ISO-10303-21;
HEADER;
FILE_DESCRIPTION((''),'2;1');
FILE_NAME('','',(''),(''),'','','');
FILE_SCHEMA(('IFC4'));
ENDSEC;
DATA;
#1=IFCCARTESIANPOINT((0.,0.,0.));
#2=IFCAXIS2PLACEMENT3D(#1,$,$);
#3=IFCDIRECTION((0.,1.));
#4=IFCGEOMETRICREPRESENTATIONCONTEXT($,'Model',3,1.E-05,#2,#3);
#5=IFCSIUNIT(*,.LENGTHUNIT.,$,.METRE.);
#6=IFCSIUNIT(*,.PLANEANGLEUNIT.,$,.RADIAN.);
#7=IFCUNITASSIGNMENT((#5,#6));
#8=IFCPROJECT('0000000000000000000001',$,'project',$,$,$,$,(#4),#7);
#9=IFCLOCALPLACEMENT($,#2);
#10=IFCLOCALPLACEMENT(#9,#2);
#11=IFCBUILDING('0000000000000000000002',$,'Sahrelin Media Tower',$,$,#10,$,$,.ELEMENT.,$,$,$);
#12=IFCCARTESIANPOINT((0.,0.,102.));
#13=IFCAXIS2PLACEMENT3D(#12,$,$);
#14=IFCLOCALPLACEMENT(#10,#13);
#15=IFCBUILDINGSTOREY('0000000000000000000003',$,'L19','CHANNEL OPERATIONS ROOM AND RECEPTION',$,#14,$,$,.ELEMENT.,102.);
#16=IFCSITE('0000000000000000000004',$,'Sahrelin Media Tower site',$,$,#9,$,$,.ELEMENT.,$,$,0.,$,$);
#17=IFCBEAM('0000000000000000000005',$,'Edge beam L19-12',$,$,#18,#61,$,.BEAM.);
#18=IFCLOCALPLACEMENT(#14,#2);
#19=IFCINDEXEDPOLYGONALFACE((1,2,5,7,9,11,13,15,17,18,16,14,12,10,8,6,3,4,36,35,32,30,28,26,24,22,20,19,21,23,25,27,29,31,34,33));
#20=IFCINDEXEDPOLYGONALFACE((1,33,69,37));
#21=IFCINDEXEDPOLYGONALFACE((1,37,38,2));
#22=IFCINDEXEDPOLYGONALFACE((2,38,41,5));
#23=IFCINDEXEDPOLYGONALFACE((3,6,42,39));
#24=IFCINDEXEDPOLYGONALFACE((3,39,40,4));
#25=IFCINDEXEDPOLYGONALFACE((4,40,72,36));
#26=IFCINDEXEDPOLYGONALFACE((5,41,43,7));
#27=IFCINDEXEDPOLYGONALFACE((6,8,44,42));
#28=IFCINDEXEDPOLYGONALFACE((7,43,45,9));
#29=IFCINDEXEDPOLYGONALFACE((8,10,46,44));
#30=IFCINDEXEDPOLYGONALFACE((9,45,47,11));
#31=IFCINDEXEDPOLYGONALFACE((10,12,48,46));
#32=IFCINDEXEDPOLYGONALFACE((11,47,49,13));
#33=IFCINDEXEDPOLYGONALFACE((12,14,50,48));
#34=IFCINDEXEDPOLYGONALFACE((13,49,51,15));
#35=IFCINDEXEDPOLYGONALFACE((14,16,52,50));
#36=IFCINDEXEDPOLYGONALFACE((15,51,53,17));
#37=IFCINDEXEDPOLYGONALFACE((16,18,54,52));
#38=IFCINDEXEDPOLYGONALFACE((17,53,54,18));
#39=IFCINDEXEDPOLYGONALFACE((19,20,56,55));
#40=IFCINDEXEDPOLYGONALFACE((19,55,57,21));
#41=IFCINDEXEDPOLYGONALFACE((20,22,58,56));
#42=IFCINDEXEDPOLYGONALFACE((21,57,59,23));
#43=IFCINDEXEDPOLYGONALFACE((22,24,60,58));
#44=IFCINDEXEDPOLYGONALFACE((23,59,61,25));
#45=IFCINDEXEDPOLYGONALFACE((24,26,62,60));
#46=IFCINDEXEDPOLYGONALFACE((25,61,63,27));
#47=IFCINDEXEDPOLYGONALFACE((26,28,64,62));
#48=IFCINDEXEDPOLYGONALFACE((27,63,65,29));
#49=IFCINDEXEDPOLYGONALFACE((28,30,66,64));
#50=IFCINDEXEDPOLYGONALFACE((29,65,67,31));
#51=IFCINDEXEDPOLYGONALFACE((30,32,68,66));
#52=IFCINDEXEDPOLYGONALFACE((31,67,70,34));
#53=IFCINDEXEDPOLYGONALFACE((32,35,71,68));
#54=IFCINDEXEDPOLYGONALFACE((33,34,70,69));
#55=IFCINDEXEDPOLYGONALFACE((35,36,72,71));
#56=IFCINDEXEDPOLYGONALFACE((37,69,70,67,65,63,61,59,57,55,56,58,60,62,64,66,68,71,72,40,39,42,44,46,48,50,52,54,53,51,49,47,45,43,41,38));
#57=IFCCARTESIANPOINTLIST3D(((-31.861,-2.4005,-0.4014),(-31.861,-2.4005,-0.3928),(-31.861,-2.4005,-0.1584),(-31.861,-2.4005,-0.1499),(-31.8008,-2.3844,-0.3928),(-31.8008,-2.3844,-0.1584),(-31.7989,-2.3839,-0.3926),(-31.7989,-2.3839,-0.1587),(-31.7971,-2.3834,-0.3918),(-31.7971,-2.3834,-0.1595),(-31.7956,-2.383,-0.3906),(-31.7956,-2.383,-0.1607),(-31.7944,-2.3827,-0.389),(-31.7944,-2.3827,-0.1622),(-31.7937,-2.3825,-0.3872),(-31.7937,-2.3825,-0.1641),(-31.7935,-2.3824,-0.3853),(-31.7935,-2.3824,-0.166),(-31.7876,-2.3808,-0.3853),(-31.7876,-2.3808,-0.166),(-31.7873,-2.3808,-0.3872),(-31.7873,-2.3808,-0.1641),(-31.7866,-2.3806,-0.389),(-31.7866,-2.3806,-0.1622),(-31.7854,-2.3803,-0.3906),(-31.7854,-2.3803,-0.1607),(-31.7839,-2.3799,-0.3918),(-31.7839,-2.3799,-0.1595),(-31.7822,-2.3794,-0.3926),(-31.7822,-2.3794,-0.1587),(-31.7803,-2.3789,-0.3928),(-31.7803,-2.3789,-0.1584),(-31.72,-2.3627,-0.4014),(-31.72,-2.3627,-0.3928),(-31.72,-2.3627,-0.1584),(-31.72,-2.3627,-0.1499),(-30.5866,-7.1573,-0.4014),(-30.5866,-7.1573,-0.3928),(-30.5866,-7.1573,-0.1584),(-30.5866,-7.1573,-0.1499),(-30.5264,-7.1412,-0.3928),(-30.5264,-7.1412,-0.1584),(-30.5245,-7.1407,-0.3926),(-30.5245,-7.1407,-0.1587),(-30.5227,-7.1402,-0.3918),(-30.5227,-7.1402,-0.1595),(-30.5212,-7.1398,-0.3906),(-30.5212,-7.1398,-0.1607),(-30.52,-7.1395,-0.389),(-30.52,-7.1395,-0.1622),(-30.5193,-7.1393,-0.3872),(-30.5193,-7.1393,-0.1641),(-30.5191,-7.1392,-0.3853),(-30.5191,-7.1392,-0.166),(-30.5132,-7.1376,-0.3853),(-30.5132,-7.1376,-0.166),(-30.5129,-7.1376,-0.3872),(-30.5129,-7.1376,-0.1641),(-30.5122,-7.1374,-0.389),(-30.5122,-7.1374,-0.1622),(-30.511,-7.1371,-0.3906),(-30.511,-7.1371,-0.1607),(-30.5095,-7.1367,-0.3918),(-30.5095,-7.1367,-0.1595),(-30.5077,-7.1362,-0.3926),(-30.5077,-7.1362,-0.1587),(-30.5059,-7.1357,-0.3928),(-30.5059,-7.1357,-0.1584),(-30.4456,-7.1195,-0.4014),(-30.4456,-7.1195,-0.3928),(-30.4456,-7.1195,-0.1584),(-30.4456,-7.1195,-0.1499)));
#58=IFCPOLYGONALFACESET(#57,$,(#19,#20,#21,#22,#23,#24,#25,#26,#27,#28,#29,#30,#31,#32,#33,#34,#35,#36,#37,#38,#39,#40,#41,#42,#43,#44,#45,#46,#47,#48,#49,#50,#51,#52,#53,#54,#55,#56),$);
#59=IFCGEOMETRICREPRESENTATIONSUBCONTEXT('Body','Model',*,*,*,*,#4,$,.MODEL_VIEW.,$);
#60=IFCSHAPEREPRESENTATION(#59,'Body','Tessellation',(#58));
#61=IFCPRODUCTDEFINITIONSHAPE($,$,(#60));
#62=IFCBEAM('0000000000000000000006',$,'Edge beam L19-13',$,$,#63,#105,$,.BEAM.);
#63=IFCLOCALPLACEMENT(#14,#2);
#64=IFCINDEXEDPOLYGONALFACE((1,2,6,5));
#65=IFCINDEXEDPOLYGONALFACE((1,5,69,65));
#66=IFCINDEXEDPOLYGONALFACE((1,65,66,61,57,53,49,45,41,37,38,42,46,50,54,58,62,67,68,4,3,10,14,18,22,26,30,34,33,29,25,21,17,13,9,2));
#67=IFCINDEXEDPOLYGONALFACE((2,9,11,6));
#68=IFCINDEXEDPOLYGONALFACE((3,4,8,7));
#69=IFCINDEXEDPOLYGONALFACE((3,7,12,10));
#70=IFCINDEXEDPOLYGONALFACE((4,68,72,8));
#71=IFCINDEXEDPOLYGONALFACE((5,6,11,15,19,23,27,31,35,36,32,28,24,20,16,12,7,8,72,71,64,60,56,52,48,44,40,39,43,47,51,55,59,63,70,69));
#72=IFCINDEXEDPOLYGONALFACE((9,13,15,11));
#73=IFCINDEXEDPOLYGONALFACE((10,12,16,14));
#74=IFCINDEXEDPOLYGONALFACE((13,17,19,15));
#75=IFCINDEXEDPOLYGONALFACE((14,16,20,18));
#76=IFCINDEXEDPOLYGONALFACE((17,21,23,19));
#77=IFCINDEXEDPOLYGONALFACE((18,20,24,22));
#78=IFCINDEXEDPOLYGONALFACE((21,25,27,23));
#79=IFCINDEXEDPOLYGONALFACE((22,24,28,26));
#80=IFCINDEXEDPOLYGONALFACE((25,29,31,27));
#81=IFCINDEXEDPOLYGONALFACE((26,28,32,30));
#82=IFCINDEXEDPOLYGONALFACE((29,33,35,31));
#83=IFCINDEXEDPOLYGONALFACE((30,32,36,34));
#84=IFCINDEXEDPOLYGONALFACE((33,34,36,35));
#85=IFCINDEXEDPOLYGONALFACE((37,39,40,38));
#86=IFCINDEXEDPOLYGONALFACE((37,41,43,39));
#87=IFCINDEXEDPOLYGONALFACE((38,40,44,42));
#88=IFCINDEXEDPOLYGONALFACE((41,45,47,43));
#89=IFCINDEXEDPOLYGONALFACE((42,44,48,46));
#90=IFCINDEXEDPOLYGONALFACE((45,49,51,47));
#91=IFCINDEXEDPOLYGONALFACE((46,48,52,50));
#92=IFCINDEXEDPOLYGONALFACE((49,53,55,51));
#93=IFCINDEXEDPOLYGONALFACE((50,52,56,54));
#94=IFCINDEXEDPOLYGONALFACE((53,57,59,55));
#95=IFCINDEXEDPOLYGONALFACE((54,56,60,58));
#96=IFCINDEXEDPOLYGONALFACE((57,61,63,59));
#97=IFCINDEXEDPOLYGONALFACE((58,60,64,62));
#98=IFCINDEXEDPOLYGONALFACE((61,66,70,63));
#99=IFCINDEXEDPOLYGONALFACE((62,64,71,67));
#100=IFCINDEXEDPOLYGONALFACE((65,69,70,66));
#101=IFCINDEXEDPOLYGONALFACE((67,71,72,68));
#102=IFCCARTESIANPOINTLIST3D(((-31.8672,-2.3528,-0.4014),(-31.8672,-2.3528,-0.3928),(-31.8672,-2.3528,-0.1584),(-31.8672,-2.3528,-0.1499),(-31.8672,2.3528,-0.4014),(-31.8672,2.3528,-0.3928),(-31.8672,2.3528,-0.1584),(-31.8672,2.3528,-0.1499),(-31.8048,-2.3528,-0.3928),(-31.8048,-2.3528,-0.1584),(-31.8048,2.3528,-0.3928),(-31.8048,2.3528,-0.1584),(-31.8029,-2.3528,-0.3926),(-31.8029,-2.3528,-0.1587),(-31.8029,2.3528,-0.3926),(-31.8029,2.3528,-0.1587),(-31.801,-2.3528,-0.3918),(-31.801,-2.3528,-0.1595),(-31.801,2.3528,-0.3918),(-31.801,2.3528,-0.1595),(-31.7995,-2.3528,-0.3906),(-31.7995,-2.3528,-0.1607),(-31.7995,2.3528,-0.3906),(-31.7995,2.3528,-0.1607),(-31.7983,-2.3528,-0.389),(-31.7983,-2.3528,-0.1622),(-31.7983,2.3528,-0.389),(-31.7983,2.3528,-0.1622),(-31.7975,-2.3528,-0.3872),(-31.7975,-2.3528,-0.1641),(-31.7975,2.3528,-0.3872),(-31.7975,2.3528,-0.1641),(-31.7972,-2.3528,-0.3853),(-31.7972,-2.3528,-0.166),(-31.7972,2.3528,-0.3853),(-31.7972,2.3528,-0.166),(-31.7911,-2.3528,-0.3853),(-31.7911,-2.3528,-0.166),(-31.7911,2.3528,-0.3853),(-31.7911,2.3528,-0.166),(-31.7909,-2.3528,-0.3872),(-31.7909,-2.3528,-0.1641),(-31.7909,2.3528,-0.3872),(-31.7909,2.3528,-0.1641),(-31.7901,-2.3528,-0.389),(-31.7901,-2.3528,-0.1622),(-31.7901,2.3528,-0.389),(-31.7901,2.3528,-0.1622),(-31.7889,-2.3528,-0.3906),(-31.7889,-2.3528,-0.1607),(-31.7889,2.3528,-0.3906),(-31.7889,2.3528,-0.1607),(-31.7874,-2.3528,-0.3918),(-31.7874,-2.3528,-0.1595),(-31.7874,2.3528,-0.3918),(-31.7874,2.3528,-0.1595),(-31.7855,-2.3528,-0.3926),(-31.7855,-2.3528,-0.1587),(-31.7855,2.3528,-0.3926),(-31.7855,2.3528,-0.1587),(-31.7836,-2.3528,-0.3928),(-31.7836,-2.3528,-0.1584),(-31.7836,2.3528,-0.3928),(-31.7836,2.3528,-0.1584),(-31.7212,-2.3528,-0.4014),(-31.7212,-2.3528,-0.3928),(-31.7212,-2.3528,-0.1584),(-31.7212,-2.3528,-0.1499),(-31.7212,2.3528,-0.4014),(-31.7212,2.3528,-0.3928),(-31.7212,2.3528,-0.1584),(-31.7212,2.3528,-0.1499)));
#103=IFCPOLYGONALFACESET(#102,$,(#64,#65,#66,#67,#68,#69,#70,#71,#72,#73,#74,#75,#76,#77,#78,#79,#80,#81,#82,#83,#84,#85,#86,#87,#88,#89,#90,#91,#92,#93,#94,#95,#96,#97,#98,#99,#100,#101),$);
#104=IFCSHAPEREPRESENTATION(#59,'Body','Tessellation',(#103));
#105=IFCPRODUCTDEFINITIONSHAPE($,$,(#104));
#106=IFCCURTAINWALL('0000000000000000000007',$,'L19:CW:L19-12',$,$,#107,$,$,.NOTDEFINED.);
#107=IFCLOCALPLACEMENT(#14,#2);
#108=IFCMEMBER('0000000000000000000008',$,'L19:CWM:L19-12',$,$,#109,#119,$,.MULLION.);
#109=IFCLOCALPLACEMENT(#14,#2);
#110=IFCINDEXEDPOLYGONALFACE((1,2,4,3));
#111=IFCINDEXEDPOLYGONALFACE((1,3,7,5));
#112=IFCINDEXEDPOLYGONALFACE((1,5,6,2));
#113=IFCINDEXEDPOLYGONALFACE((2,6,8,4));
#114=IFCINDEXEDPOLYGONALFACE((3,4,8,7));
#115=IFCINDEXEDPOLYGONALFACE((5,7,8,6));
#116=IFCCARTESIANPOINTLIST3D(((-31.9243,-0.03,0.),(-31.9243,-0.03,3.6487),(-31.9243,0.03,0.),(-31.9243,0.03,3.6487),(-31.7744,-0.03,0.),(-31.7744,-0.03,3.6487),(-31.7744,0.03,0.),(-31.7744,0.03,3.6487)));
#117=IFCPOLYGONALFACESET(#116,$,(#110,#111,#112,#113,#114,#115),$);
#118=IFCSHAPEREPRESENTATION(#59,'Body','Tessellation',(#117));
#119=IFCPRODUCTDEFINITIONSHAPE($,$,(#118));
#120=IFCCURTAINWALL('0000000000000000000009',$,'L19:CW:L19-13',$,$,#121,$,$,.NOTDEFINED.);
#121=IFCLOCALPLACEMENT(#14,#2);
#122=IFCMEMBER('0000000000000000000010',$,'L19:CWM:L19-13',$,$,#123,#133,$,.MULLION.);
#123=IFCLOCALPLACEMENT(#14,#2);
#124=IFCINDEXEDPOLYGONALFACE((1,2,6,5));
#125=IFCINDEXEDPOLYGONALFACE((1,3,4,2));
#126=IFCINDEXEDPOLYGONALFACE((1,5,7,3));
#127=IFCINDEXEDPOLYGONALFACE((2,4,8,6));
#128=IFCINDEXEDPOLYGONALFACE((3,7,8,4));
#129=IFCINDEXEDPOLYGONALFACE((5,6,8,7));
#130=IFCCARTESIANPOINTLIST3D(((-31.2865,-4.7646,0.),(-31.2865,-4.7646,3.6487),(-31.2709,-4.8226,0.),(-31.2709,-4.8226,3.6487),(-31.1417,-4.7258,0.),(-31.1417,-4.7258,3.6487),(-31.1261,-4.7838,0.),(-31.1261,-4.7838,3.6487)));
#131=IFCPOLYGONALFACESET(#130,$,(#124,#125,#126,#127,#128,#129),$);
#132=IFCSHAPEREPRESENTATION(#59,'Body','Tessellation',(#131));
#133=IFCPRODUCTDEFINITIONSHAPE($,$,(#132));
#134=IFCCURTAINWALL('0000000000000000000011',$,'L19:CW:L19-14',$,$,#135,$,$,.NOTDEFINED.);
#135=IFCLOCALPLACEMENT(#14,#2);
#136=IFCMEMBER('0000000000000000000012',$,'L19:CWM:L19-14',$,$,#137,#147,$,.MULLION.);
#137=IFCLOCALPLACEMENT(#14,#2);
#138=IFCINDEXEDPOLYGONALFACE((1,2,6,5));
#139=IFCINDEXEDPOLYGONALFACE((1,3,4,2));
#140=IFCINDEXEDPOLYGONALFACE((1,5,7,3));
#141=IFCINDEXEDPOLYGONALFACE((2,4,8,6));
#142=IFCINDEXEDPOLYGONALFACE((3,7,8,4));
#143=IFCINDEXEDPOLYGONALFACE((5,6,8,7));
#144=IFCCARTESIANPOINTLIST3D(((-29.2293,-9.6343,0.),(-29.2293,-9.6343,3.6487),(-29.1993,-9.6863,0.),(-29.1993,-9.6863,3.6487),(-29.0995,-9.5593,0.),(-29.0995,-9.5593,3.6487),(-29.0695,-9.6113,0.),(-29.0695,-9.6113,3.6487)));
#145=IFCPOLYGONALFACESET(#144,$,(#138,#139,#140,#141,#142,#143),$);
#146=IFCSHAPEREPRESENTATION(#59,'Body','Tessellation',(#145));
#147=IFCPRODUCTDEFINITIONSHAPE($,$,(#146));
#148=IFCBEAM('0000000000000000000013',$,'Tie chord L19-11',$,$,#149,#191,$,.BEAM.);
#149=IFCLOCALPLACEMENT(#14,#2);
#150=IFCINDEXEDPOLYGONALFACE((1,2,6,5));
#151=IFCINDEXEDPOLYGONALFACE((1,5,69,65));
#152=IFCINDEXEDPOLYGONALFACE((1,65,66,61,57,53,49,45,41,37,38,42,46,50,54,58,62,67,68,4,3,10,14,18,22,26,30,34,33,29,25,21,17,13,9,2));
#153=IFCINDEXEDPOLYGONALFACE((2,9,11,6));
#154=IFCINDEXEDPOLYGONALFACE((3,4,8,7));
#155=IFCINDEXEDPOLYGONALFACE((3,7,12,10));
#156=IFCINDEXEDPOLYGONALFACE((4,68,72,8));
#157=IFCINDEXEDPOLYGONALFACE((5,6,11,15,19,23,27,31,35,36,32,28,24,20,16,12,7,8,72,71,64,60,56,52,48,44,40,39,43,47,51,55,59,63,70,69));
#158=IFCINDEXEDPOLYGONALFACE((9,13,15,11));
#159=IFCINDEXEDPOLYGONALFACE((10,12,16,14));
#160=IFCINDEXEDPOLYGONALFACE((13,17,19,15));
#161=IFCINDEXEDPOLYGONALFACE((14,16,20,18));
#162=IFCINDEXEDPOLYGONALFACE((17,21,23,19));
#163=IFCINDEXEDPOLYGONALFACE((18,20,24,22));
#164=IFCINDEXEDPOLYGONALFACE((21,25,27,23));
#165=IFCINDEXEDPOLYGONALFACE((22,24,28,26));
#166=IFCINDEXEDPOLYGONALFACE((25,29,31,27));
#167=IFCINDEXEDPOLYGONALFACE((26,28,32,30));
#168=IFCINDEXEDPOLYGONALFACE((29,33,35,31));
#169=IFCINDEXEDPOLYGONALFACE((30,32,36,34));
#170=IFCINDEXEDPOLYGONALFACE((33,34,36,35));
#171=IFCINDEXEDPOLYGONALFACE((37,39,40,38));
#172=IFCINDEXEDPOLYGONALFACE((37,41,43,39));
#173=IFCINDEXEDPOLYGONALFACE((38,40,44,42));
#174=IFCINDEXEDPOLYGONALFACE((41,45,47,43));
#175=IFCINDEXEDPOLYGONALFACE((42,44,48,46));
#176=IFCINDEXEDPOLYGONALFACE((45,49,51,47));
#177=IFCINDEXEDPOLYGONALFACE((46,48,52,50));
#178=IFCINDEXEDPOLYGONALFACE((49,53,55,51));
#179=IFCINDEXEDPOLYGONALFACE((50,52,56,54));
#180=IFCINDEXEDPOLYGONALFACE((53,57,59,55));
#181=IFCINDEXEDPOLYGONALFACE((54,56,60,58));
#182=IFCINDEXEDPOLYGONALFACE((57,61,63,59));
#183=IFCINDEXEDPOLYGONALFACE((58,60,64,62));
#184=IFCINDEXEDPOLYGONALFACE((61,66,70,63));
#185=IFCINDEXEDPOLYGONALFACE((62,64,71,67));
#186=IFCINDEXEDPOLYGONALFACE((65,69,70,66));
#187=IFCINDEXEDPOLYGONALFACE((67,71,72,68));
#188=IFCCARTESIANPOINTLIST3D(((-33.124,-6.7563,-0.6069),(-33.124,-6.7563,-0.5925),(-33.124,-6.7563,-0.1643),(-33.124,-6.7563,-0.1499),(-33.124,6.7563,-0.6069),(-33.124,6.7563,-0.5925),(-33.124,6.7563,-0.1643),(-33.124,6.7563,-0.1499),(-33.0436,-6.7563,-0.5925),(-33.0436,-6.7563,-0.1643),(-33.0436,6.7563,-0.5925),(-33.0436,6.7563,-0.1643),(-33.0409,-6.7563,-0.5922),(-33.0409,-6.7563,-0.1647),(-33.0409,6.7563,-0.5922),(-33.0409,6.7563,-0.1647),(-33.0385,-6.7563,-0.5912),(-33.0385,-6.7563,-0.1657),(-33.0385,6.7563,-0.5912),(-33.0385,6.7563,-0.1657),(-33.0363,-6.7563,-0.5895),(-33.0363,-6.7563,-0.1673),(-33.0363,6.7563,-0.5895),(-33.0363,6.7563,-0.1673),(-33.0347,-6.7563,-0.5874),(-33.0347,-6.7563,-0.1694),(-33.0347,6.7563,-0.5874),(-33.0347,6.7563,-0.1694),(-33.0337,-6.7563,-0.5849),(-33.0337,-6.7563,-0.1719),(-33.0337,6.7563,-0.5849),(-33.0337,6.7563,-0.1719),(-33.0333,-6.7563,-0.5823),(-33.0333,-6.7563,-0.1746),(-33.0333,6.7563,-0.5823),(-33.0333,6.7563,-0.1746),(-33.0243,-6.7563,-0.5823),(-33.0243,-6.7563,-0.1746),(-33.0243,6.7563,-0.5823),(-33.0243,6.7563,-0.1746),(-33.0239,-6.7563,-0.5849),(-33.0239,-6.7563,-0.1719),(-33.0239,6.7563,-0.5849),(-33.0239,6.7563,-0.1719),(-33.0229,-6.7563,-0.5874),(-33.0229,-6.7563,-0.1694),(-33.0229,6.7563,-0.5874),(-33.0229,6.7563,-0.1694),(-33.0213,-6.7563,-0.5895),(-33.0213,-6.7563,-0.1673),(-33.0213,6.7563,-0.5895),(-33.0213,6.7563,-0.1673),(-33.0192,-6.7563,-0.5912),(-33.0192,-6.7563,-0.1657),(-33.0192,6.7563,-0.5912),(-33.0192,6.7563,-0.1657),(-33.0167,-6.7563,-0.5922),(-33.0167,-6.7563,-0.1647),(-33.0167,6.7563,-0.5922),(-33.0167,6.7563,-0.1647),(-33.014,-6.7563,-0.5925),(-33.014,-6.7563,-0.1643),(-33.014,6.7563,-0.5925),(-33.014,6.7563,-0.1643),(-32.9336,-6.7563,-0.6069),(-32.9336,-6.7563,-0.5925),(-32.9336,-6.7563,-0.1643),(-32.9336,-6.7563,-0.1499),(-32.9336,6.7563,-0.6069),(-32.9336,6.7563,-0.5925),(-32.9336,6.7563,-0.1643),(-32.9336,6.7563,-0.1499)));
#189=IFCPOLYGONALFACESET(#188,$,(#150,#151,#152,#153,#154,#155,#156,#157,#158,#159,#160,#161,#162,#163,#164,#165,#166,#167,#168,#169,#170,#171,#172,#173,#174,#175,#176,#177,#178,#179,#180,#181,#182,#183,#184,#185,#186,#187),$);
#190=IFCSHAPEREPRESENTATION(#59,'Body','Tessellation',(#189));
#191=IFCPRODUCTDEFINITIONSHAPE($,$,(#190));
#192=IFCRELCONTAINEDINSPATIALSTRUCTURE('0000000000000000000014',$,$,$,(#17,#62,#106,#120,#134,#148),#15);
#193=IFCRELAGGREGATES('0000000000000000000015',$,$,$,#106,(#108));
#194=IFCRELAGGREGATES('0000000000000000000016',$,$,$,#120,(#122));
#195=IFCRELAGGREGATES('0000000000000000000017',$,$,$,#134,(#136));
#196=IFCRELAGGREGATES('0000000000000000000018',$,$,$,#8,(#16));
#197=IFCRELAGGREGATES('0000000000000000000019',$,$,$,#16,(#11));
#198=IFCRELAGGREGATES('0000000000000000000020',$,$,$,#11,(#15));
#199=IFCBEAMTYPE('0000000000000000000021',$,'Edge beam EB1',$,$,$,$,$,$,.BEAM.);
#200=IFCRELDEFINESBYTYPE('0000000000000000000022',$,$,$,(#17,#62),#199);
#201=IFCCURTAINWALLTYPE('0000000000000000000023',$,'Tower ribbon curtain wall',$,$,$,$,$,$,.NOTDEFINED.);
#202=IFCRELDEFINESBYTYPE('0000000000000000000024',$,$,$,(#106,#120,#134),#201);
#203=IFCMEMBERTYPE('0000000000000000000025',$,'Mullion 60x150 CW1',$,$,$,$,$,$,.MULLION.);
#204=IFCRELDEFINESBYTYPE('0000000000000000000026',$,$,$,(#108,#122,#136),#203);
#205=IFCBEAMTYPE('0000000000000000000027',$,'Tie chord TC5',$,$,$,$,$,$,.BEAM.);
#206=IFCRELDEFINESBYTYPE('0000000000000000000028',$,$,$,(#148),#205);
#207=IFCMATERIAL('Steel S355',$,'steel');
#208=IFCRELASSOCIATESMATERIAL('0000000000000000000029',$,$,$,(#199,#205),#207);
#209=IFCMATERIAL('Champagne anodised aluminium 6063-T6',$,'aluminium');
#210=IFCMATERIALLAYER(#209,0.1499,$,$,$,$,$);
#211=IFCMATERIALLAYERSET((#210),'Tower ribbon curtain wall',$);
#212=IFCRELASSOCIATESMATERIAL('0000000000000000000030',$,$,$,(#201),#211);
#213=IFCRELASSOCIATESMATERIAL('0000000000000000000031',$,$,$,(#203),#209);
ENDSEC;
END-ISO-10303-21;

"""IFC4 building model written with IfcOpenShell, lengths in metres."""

from ifc_helpers import new_model, si_unit, direction, frame, origin, origin_2d, place, context, subcontext, project, spatial, rectangle, i_section, extrude, material, layer, layer_set, material_profile, profile_set, type_object, element, aggregate, save


model = new_model("IFC4")

# Units and contexts
model_context = context("Model", 3, precision=1e-05, world=origin(), true_north=direction((0.0, 1.0)))
body_context = subcontext(model_context, "Body", "Model", "MODEL_VIEW")
ifc_project = project(units=[si_unit("LENGTHUNIT", "METRE"), si_unit("PLANEANGLEUNIT", "RADIAN")], contexts=[model_context])

# Site, building, storey
site_placement = place(None, origin())
site = spatial("IfcSite", under=ifc_project, at=site_placement, Name="Sahrelin Media Tower site", CompositionType="ELEMENT", RefElevation=0.0)
building_placement = place(site_placement, origin())
building = spatial("IfcBuilding", under=site, at=building_placement, Name="Sahrelin Media Tower", CompositionType="ELEMENT")
storey_placement = place(building_placement, frame((0.0, 0.0, 102.0)))
storey = spatial("IfcBuildingStorey", under=building, at=storey_placement, Name="L19", Description="CHANNEL OPERATIONS ROOM AND RECEPTION", CompositionType="ELEMENT", Elevation=102.0)

# Beams
ifc_material_1 = material(Name="Steel S355", Category="steel")
ifc_material_profile_1 = material_profile(ifc_material_1, i_section(OverallWidth=0.146, OverallDepth=0.2515, WebThickness=0.0061, FlangeThickness=0.0085, FilletRadius=0.0076, at=origin_2d()), Name="UB 254x146x31")
ifc_profile_set_1 = profile_set([ifc_material_profile_1], Name="Steel S355")
beam_type_1 = type_object("IfcBeamType", Name="Edge beam EB1", PredefinedType="BEAM", material=ifc_profile_set_1)
beam_1_placement = place(storey_placement, frame((-30.5161, -7.1384, -0.2756), z_axis=(-0.258786, 0.965935, 0.0), x_axis=(-0.965935, -0.258786, 0.0)))
element("IfcBeam", 1, at=beam_1_placement, inside=storey, type_object=beam_type_1, Name="Edge beam L19-12", PredefinedType="BEAM", context=body_context, shape_type="SweptSolid", body=[
    extrude(i_section(OverallWidth=0.146, OverallDepth=0.2515, WebThickness=0.0061, FlangeThickness=0.0085, FilletRadius=0.0076, at=origin_2d()), origin(), (0.0, 0.0, 1.0), 4.9246),
])
beam_2_placement = place(storey_placement, frame((-31.7942, -2.3528, -0.2756), z_axis=(0.0, 1.0, 0.0), x_axis=(-1.0, 0.0, 0.0)))
element("IfcBeam", 2, at=beam_2_placement, inside=storey, type_object=beam_type_1, Name="Edge beam L19-13", PredefinedType="BEAM", context=body_context, shape_type="SweptSolid", body=[
    extrude(i_section(OverallWidth=0.146, OverallDepth=0.2515, WebThickness=0.0061, FlangeThickness=0.0085, FilletRadius=0.0076, at=origin_2d()), origin(), (0.0, 0.0, 1.0), 4.7056),
])

# Curtain walls, members
ifc_material_2 = material(Name="Champagne anodised aluminium 6063-T6", Category="aluminium")
ifc_layer_1 = layer(ifc_material_2, 0.1499)
ifc_layer_set_1 = layer_set([ifc_layer_1], Name="Tower ribbon curtain wall")
curtain_wall_type = type_object("IfcCurtainWallType", Name="Tower ribbon curtain wall", PredefinedType="NOTDEFINED", material=ifc_layer_set_1)
curtain_wall_1_placement = place(storey_placement, frame((-31.9443, 0.0, 0.0), z_axis=(0.0, 0.0, 1.0), x_axis=(1.0, 0.0, 0.0)))
curtain_wall_1 = element("IfcCurtainWall", 3, at=curtain_wall_1_placement, inside=storey, type_object=curtain_wall_type, Name="L19:CW:L19-12", PredefinedType="NOTDEFINED")
ifc_material_profile_2 = material_profile(ifc_material_2, rectangle(XDim=0.0601, YDim=0.1499, at=origin_2d()), Name="Mullion 60x150")
ifc_profile_set_2 = profile_set([ifc_material_profile_2], Name="Champagne anodised aluminium 6063-T6")
member_type_1 = type_object("IfcMemberType", Name="Mullion 60x150 CW1", PredefinedType="MULLION", material=ifc_profile_set_2)
member_1_placement = place(storey_placement, frame((-31.8494, 0.0, 0.0), z_axis=(0.0, 0.0, 1.0), x_axis=(0.0, -1.0, 0.0)))
member_1 = element("IfcMember", 4, at=member_1_placement, type_object=member_type_1, Name="L19:CWM:L19-12", PredefinedType="MULLION", context=body_context, shape_type="SweptSolid", body=[
    extrude(rectangle(XDim=0.0601, YDim=0.1499, at=origin_2d()), origin(), (0.0, 0.0, 1.0), 3.6487),
])
aggregate(curtain_wall_1, [member_1])
curtain_wall_2_placement = place(storey_placement, frame((-31.2981, -4.7988, 0.0), z_axis=(0.0, 0.0, 1.0), x_axis=(1.0, 0.0, 0.0)))
curtain_wall_2 = element("IfcCurtainWall", 5, at=curtain_wall_2_placement, inside=storey, type_object=curtain_wall_type, Name="L19:CW:L19-13", PredefinedType="NOTDEFINED")
member_2_placement = place(storey_placement, frame((-31.2063, -4.7742, 0.0), z_axis=(0.0, 0.0, 1.0), x_axis=(0.258811, -0.965928, 0.0)))
member_2 = element("IfcMember", 6, at=member_2_placement, type_object=member_type_1, Name="L19:CWM:L19-13", PredefinedType="MULLION", context=body_context, shape_type="SweptSolid", body=[
    extrude(rectangle(XDim=0.0601, YDim=0.1499, at=origin_2d()), origin(), (0.0, 0.0, 1.0), 3.6487),
])
curtain_wall_3_placement = place(storey_placement, frame((-29.2317, -9.6704, 0.0), z_axis=(0.0, 0.0, 1.0), x_axis=(1.0, 0.0, 0.0)))
curtain_wall_3 = element("IfcCurtainWall", 7, at=curtain_wall_3_placement, inside=storey, type_object=curtain_wall_type, Name="L19:CW:L19-14", PredefinedType="NOTDEFINED")
member_3_placement = place(storey_placement, frame((-29.1494, -9.6228, 0.0), z_axis=(0.0, 0.0, 1.0), x_axis=(0.500005, -0.866023, 0.0)))
member_3 = element("IfcMember", 8, at=member_3_placement, type_object=member_type_1, Name="L19:CWM:L19-14", PredefinedType="MULLION", context=body_context, shape_type="SweptSolid", body=[
    extrude(rectangle(XDim=0.0601, YDim=0.1499, at=origin_2d()), origin(), (0.0, 0.0, 1.0), 3.6487),
])

# Beam
ifc_material_profile_3 = material_profile(ifc_material_1, i_section(OverallWidth=0.1904, OverallDepth=0.457, WebThickness=0.009, FlangeThickness=0.0144, FilletRadius=0.0103, at=origin_2d()), Name="UB 457x191x74")
ifc_profile_set_3 = profile_set([ifc_material_profile_3], Name="Steel S355")
beam_type_2 = type_object("IfcBeamType", Name="Tie chord TC5", PredefinedType="BEAM", material=ifc_profile_set_3)
beam_3_placement = place(storey_placement, frame((-33.0288, -6.7563, -0.3784), z_axis=(0.0, 1.0, 0.0), x_axis=(-1.0, 0.0, 0.0)))
element("IfcBeam", 9, at=beam_3_placement, inside=storey, type_object=beam_type_2, Name="Tie chord L19-11", PredefinedType="BEAM", context=body_context, shape_type="SweptSolid", body=[
    extrude(i_section(OverallWidth=0.1904, OverallDepth=0.457, WebThickness=0.009, FlangeThickness=0.0144, FilletRadius=0.0103, at=origin_2d()), origin(), (0.0, 0.0, 1.0), 13.5127),
])

aggregate(curtain_wall_2, [member_2])
aggregate(curtain_wall_3, [member_3])

save(model, "model.ifc")
